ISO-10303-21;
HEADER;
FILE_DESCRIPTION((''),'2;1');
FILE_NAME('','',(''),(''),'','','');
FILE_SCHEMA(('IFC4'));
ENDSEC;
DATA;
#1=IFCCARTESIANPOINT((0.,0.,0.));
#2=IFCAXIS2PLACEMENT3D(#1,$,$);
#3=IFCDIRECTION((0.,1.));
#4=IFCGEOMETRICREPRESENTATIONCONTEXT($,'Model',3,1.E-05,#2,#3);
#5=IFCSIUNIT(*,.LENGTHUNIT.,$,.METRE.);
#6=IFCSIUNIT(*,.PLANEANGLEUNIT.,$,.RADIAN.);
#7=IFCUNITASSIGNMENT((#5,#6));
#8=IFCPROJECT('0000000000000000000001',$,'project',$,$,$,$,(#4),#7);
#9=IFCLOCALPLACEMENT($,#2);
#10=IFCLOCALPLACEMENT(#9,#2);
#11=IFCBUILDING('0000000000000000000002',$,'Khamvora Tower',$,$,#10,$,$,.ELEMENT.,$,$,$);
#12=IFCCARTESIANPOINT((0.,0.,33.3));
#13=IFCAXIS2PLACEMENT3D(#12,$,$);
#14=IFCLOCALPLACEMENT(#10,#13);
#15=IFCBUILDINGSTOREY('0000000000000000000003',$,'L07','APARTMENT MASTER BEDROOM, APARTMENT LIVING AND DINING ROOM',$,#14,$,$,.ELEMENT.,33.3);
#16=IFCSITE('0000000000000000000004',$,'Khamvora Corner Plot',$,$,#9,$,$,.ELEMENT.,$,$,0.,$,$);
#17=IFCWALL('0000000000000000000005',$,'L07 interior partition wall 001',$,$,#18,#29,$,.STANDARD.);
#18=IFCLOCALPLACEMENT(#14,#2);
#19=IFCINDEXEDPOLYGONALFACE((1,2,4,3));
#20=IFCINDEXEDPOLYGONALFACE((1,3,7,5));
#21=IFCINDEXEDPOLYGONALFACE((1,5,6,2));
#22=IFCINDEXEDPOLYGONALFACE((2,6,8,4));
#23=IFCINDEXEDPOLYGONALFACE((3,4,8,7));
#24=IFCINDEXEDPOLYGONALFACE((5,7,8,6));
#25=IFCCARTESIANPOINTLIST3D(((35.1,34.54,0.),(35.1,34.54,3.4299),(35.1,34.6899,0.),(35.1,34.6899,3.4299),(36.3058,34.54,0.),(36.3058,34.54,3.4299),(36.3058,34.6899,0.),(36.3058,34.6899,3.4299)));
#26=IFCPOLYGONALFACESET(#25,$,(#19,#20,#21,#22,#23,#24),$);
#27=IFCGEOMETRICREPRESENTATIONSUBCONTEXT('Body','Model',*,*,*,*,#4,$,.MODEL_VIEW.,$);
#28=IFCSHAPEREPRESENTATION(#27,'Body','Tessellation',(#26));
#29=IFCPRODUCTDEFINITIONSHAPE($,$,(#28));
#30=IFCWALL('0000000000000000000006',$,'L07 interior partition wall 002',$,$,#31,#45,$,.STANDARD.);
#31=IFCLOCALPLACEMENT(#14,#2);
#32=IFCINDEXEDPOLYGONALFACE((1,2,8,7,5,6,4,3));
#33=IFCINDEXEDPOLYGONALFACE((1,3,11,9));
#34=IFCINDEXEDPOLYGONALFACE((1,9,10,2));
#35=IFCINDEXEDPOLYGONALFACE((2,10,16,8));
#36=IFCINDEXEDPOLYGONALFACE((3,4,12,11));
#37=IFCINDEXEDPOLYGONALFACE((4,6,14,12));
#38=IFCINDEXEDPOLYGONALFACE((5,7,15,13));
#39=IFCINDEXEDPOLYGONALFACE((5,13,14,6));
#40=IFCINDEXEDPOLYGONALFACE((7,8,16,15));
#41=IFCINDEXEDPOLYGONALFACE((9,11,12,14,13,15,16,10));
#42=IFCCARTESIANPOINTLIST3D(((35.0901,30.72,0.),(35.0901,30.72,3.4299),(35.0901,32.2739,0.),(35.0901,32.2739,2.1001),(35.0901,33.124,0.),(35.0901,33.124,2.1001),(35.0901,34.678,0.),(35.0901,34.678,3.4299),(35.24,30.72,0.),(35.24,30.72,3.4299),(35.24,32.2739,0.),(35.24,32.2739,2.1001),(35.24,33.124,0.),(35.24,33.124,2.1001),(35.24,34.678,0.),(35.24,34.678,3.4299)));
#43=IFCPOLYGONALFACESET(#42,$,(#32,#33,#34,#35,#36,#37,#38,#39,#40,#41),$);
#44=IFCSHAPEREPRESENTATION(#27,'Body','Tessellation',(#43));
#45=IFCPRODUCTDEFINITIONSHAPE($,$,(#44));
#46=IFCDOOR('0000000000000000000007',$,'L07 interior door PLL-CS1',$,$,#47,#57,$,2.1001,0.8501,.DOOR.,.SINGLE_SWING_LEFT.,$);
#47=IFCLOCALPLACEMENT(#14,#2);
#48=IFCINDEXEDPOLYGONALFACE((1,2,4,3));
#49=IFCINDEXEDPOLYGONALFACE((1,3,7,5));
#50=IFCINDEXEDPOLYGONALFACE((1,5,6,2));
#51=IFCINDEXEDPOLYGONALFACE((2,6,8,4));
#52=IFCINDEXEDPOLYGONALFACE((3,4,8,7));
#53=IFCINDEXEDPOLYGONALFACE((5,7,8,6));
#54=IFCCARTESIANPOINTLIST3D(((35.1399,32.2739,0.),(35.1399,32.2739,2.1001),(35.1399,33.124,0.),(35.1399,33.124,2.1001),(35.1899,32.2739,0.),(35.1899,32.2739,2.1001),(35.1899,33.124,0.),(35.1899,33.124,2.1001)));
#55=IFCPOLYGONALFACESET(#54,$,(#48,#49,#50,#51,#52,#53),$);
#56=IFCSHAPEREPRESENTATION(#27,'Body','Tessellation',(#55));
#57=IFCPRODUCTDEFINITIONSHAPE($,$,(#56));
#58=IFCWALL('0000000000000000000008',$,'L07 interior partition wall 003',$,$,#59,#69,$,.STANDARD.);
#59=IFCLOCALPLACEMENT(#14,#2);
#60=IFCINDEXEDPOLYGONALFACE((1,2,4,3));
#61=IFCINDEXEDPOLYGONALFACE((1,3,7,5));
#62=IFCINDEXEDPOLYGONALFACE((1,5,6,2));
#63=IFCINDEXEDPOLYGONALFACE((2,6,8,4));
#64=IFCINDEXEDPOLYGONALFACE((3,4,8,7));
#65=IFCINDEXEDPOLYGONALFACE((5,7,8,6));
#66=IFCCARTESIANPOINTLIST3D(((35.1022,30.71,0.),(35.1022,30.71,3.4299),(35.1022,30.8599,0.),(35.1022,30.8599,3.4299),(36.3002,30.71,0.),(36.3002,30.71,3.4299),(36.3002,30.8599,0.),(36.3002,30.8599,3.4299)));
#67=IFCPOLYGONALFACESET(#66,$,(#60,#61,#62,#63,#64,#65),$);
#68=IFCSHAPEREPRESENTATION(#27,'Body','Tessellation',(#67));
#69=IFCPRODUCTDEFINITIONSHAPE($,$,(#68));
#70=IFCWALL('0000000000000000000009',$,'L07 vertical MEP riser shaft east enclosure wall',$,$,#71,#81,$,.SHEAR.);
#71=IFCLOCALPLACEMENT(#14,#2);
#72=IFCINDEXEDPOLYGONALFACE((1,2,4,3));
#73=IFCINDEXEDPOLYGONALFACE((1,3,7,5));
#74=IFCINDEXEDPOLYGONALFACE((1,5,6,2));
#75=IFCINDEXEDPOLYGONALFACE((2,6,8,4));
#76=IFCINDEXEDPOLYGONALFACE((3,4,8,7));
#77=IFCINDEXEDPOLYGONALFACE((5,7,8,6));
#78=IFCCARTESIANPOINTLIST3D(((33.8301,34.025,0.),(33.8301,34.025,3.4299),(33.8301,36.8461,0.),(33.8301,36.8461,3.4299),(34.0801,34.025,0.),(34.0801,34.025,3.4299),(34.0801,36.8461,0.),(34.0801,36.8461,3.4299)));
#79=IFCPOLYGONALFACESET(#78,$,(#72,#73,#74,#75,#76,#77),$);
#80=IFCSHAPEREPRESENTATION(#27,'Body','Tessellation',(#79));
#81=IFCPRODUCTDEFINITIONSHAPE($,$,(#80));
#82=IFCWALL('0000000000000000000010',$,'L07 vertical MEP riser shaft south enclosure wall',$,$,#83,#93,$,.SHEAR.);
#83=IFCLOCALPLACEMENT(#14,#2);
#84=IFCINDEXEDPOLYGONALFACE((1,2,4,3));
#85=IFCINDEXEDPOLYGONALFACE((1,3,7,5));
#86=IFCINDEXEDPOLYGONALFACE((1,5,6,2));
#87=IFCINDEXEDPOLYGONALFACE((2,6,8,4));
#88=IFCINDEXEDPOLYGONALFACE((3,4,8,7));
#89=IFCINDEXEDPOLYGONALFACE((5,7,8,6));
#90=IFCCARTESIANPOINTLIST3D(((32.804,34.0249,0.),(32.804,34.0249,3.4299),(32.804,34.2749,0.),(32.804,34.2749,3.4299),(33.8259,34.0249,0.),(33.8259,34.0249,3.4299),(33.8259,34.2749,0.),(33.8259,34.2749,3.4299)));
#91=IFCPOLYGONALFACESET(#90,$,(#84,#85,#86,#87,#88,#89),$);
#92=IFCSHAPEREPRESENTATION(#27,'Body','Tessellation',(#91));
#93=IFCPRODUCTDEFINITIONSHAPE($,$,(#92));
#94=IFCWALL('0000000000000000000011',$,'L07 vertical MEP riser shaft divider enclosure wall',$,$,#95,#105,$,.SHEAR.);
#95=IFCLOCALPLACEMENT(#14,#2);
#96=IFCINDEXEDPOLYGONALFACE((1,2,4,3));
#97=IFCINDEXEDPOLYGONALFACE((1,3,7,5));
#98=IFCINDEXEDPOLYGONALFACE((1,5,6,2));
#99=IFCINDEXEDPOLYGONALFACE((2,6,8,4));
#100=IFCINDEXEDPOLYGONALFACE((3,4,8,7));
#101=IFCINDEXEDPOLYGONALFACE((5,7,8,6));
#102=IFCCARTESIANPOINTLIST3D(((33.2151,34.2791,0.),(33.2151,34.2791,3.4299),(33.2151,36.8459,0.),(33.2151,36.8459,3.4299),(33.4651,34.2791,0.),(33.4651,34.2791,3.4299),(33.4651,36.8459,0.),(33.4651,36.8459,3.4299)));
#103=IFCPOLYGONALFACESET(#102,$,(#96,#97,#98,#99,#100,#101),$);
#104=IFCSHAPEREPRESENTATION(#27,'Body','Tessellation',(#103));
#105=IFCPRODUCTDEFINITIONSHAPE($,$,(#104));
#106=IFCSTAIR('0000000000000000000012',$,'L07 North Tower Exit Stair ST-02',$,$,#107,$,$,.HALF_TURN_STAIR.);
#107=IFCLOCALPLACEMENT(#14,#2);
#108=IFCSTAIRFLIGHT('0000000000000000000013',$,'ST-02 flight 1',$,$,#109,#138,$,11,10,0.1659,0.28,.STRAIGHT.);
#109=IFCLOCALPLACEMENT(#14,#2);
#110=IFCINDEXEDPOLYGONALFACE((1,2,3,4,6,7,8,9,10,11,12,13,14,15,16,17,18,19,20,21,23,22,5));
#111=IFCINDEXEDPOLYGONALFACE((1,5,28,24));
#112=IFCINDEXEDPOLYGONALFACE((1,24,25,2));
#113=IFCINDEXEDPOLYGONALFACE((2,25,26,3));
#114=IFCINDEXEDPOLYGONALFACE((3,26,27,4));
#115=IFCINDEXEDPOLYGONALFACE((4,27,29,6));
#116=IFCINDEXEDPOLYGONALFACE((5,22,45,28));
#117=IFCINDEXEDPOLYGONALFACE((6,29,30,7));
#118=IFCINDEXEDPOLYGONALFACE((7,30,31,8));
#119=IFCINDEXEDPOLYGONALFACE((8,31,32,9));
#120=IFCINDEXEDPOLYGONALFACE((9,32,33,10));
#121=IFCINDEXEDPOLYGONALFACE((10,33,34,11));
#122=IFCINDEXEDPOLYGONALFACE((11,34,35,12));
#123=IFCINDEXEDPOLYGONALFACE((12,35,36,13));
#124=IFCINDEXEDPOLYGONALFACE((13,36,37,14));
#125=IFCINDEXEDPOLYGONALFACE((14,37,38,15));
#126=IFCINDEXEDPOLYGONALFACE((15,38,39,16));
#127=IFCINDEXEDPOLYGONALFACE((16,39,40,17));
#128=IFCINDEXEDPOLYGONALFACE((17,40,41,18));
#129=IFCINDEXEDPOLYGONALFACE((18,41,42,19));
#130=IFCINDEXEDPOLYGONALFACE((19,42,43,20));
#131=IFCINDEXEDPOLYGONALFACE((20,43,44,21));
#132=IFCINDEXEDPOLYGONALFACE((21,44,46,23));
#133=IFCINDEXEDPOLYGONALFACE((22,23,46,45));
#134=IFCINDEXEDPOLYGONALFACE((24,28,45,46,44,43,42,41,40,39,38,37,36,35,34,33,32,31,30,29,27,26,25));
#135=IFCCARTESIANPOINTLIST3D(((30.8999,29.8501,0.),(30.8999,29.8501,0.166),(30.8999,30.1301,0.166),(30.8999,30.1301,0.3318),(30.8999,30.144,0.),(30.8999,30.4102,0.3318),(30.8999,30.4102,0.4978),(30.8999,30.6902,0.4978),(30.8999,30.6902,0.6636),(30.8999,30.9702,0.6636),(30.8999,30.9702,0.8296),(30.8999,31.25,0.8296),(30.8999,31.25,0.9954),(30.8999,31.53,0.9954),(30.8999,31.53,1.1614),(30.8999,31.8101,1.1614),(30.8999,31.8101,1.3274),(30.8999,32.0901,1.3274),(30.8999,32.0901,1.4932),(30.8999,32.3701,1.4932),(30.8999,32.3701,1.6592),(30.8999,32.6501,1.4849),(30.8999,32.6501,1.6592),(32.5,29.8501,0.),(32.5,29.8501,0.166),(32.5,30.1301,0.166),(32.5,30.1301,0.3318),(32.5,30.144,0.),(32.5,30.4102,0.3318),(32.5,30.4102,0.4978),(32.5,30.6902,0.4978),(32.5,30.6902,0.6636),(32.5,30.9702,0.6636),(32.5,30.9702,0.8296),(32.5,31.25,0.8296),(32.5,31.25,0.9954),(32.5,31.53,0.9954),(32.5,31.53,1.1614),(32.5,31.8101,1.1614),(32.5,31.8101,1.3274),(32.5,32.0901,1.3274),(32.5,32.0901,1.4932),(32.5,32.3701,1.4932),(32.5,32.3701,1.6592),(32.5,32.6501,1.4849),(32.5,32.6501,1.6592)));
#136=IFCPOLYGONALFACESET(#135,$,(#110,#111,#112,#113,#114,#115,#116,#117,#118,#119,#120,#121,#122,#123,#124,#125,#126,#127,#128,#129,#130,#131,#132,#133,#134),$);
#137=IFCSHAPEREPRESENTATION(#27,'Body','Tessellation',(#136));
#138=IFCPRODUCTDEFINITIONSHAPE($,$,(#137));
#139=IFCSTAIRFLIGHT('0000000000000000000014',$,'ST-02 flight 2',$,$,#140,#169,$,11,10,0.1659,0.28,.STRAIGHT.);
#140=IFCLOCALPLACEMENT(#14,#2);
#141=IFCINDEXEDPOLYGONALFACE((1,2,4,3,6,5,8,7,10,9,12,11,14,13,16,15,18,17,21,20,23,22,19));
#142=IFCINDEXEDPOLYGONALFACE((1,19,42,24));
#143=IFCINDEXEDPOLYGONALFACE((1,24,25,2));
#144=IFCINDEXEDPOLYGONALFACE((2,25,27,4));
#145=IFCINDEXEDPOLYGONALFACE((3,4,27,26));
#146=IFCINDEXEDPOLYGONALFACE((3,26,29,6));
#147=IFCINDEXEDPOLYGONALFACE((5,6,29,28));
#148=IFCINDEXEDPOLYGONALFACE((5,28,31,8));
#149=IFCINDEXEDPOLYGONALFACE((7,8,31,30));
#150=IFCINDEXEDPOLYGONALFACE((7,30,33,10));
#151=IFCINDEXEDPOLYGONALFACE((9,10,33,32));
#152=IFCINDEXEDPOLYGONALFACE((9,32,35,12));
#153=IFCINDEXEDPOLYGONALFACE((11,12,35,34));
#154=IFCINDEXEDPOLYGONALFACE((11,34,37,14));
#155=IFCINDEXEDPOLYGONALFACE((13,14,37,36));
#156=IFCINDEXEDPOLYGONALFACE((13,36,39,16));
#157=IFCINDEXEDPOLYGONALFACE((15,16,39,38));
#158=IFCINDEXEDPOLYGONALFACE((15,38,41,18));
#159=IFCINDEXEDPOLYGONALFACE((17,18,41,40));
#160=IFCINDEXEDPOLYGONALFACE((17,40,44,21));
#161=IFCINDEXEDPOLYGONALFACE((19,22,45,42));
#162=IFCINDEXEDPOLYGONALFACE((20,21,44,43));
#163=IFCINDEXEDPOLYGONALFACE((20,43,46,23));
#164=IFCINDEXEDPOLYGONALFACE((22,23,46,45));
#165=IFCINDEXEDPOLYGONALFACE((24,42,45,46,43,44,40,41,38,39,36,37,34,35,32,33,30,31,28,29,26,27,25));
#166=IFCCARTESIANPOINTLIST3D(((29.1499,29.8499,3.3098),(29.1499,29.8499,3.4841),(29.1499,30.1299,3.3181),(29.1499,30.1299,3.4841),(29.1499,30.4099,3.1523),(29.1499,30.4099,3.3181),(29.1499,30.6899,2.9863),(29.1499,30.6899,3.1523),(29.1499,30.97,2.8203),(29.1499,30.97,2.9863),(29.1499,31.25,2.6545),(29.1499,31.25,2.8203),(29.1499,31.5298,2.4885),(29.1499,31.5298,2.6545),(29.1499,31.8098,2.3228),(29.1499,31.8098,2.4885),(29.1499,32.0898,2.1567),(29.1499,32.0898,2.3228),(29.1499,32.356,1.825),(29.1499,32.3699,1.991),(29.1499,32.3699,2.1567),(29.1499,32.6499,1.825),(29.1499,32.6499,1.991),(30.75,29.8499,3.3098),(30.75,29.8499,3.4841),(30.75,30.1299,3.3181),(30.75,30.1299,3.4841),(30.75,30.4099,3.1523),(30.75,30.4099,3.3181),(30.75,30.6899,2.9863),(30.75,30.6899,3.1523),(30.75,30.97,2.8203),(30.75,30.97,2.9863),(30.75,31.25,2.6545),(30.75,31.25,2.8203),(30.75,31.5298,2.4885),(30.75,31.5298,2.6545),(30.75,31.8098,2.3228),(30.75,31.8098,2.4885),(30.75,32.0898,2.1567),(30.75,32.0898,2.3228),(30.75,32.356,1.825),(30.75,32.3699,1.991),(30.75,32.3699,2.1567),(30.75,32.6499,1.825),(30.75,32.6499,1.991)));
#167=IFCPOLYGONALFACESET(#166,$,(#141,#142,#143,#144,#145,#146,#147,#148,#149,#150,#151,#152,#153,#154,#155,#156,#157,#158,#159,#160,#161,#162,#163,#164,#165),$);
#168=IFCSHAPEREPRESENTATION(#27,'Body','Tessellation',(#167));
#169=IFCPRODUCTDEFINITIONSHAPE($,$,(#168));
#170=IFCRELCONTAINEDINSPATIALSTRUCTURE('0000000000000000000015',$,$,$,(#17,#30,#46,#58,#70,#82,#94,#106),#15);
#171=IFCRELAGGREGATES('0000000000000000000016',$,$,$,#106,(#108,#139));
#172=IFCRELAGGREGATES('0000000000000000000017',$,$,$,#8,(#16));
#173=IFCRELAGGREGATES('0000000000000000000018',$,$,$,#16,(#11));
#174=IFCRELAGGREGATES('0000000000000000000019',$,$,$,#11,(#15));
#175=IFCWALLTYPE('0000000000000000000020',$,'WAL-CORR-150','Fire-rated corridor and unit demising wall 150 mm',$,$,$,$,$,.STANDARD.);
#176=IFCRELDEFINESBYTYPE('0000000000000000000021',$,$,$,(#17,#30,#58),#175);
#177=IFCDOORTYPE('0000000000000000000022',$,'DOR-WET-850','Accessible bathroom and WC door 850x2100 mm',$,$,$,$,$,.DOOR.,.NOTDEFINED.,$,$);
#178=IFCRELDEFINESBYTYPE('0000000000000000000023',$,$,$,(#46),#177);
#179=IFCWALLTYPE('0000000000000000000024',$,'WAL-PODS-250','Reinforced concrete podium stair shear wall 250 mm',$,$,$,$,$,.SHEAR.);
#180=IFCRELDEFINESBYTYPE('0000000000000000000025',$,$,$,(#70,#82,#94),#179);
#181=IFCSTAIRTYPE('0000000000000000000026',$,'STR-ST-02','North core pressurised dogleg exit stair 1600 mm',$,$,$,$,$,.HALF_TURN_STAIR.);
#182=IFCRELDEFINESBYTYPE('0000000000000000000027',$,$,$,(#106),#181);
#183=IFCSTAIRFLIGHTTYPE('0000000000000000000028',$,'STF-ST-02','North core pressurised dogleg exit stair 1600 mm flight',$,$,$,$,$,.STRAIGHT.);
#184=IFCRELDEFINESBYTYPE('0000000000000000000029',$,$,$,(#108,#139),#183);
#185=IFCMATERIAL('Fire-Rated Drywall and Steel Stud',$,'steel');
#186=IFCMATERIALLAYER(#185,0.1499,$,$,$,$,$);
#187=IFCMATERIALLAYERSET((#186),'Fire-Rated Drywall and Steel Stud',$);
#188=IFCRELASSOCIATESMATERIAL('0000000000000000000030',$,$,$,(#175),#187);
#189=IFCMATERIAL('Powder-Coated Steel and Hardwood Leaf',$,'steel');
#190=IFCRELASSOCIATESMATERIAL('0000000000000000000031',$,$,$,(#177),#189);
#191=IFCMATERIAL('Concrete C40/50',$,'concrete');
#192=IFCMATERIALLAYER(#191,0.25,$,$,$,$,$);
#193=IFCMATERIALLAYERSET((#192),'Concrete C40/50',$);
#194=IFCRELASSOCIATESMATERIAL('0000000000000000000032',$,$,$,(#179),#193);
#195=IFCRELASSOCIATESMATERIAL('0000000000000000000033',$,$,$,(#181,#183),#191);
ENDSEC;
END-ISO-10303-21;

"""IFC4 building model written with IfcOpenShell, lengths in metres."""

from ifc_helpers import new_model, si_unit, direction, frame, frame_2d, origin, place, context, subcontext, project, spatial, polyline, rectangle, outline, extrude, material, layer, layer_set, type_object, element, fill, aggregate, save


model = new_model("IFC4")

# Units and contexts
model_context = context("Model", 3, precision=1e-05, world=origin(), true_north=direction((0.0, 1.0)))
body_context = subcontext(model_context, "Body", "Model", "MODEL_VIEW")
ifc_project = project(units=[si_unit("LENGTHUNIT", "METRE"), si_unit("PLANEANGLEUNIT", "RADIAN")], contexts=[model_context])

# Site, building, storey
site_placement = place(None, origin())
site = spatial("IfcSite", under=ifc_project, at=site_placement, Name="Khamvora Corner Plot", CompositionType="ELEMENT", RefElevation=0.0)
building_placement = place(site_placement, origin())
building = spatial("IfcBuilding", under=site, at=building_placement, Name="Khamvora Tower", CompositionType="ELEMENT")
storey_placement = place(building_placement, frame((0.0, 0.0, 33.3)))
storey = spatial("IfcBuildingStorey", under=building, at=storey_placement, Name="L07", Description="APARTMENT MASTER BEDROOM, APARTMENT LIVING AND DINING ROOM", CompositionType="ELEMENT", Elevation=33.3)

# Shared definitions
ifc_material_1 = material(Name="Powder-Coated Steel and Hardwood Leaf", Category="steel")

# Wall
ifc_material_2 = material(Name="Fire-Rated Drywall and Steel Stud", Category="steel")
ifc_layer_1 = layer(ifc_material_2, 0.1499)
ifc_layer_set_1 = layer_set([ifc_layer_1], Name="Fire-Rated Drywall and Steel Stud")
wall_type_1 = type_object("IfcWallType", Name="WAL-CORR-150", Description="Fire-rated corridor and unit demising wall 150 mm", PredefinedType="STANDARD", material=ifc_layer_set_1)
wall_1_placement = place(storey_placement, frame((36.3059, 34.615, 0.0), z_axis=(0.0, 0.0, 1.0), x_axis=(-1.0, 0.0, 0.0)))
element("IfcWall", 1, at=wall_1_placement, inside=storey, type_object=wall_type_1, Name="L07 interior partition wall 001", PredefinedType="STANDARD", context=body_context, shape_type="SweptSolid", body=[
    extrude(rectangle(XDim=1.2058, YDim=0.1499, at=frame_2d((0.603, 0.0))), origin(), (0.0, 0.0, 1.0), 3.4299),
])

# Wall, opening, door
wall_2_placement = place(storey_placement, frame((35.165, 34.678, 0.0), z_axis=(0.0, 0.0, 1.0), x_axis=(0.0, -1.0, 0.0)))
wall_2 = element("IfcWall", 2, at=wall_2_placement, inside=storey, type_object=wall_type_1, Name="L07 interior partition wall 002", PredefinedType="STANDARD", context=body_context, shape_type="SweptSolid", body=[
    extrude(rectangle(XDim=3.958, YDim=0.1499, at=frame_2d((1.979, 0.0))), origin(), (0.0, 0.0, 1.0), 3.4299),
])
opening_1_placement = place(wall_2_placement, frame((1.554, 0.0, 0.0)))
opening_1 = element("IfcOpeningElement", 3, at=opening_1_placement, cuts=wall_2, PredefinedType="OPENING", context=body_context, shape_type="SweptSolid", body=[
    extrude(rectangle(XDim=0.8501, YDim=2.1001, at=frame_2d((0.425, 1.05))), frame((0.0, 0.085, 0.0), z_axis=(0.0, -1.0, 0.0), x_axis=(1.0, 0.0, 0.0)), (0.0, 0.0, 1.0), 0.1699),
])
door_type_1 = type_object("IfcDoorType", Name="DOR-WET-850", Description="Accessible bathroom and WC door 850x2100 mm", OperationType="NOTDEFINED", PredefinedType="DOOR", material=ifc_material_1)
door_1_placement = place(opening_1_placement, origin())
door_1 = element("IfcDoor", 4, at=door_1_placement, inside=storey, type_object=door_type_1, Name="L07 interior door PLL-CS1", OperationType="SINGLE_SWING_LEFT", OverallHeight=2.1001, OverallWidth=0.8501, PredefinedType="DOOR", context=body_context, shape_type="SweptSolid", body=[
    extrude(rectangle(XDim=0.8501, YDim=2.1001, at=frame_2d((0.425, 1.05))), frame((0.0, 0.0249, 0.0), z_axis=(0.0, -1.0, 0.0), x_axis=(1.0, 0.0, 0.0)), (0.0, 0.0, 1.0), 0.05),
])
fill(opening_1, door_1)

# Walls
wall_3_placement = place(storey_placement, frame((35.1021, 30.7849, 0.0), z_axis=(0.0, 0.0, 1.0), x_axis=(1.0, 0.0, 0.0)))
element("IfcWall", 5, at=wall_3_placement, inside=storey, type_object=wall_type_1, Name="L07 interior partition wall 003", PredefinedType="STANDARD", context=body_context, shape_type="SweptSolid", body=[
    extrude(rectangle(XDim=1.198, YDim=0.1499, at=frame_2d((0.5991, 0.0))), origin(), (0.0, 0.0, 1.0), 3.4299),
])
ifc_material_3 = material(Name="Concrete C40/50", Category="concrete")
ifc_layer_2 = layer(ifc_material_3, 0.25)
ifc_layer_set_2 = layer_set([ifc_layer_2], Name="Concrete C40/50")
wall_type_2 = type_object("IfcWallType", Name="WAL-PODS-250", Description="Reinforced concrete podium stair shear wall 250 mm", PredefinedType="SHEAR", material=ifc_layer_set_2)
wall_4_placement = place(storey_placement, frame((33.9551, 34.0249, 0.0), z_axis=(0.0, 0.0, 1.0), x_axis=(0.0, 1.0, 0.0)))
element("IfcWall", 6, at=wall_4_placement, inside=storey, type_object=wall_type_2, Name="L07 vertical MEP riser shaft east enclosure wall", PredefinedType="SHEAR", context=body_context, shape_type="SweptSolid", body=[
    extrude(rectangle(XDim=2.821, YDim=0.25, at=frame_2d((1.4106, 0.0))), origin(), (0.0, 0.0, 1.0), 3.4299),
])
wall_5_placement = place(storey_placement, frame((32.804, 34.1499, 0.0), z_axis=(0.0, 0.0, 1.0), x_axis=(1.0, 0.0, 0.0)))
element("IfcWall", 7, at=wall_5_placement, inside=storey, type_object=wall_type_2, Name="L07 vertical MEP riser shaft south enclosure wall", PredefinedType="SHEAR", context=body_context, shape_type="SweptSolid", body=[
    extrude(rectangle(XDim=1.022, YDim=0.25, at=frame_2d((0.511, 0.0))), origin(), (0.0, 0.0, 1.0), 3.4299),
])
wall_6_placement = place(storey_placement, frame((33.3401, 34.2791, 0.0), z_axis=(0.0, 0.0, 1.0), x_axis=(0.0, 1.0, 0.0)))
element("IfcWall", 8, at=wall_6_placement, inside=storey, type_object=wall_type_2, Name="L07 vertical MEP riser shaft divider enclosure wall", PredefinedType="SHEAR", context=body_context, shape_type="SweptSolid", body=[
    extrude(rectangle(XDim=2.5669, YDim=0.25, at=frame_2d((1.2834, 0.0))), origin(), (0.0, 0.0, 1.0), 3.4299),
])

# Stair, stair flights
stair_type = type_object("IfcStairType", Name="STR-ST-02", Description="North core pressurised dogleg exit stair 1600 mm", PredefinedType="HALF_TURN_STAIR", material=ifc_material_3)
stair_placement = place(storey_placement, origin())
stair = element("IfcStair", 9, at=stair_placement, inside=storey, type_object=stair_type, Name="L07 North Tower Exit Stair ST-02", PredefinedType="HALF_TURN_STAIR")
stair_flight_type = type_object("IfcStairFlightType", Name="STF-ST-02", Description="North core pressurised dogleg exit stair 1600 mm flight", PredefinedType="STRAIGHT", material=ifc_material_3)
stair_flight_1_placement = place(storey_placement, frame((31.7, 29.8501, 0.0), z_axis=(0.0, 0.0, 1.0), x_axis=(0.0, 1.0, 0.0)))
stair_flight_1 = element("IfcStairFlight", 10, at=stair_flight_1_placement, type_object=stair_flight_type, Name="ST-02 flight 1", NumberOfRisers=11, NumberOfTreads=10, PredefinedType="STRAIGHT", RiserHeight=0.1659, TreadLength=0.28, context=body_context, shape_type="SweptSolid", body=[
    extrude(outline(polyline([(0.0, 0.0), (0.0, 0.166), (0.28, 0.166), (0.28, 0.3318), (0.5601, 0.3318), (0.5601, 0.4978), (0.8401, 0.4978), (0.8401, 0.6636), (1.1201, 0.6636), (1.1201, 0.8296), (1.3999, 0.8296), (1.3999, 0.9954), (1.6799, 0.9954), (1.6799, 1.1614), (1.96, 1.1614), (1.96, 1.3274), (2.24, 1.3274), (2.24, 1.4932), (2.52, 1.4932), (2.52, 1.6592), (2.8, 1.6592), (2.8, 1.825), (2.8, 1.4849), (0.2939, 0.0), (0.0, 0.0)])), frame((0.0, 0.8, 0.0), z_axis=(0.0, -1.0, 0.0), x_axis=(1.0, 0.0, 0.0)), (0.0, 0.0, 1.0), 1.6001),
])
stair_flight_2_placement = place(storey_placement, frame((29.95, 32.6499, 1.825), z_axis=(0.0, 0.0, 1.0), x_axis=(0.0, -1.0, 0.0)))
stair_flight_2 = element("IfcStairFlight", 11, at=stair_flight_2_placement, type_object=stair_flight_type, Name="ST-02 flight 2", NumberOfRisers=11, NumberOfTreads=10, PredefinedType="STRAIGHT", RiserHeight=0.1659, TreadLength=0.28, context=body_context, shape_type="SweptSolid", body=[
    extrude(outline(polyline([(0.0, 0.0), (0.0, 0.166), (0.28, 0.166), (0.28, 0.3318), (0.5601, 0.3318), (0.5601, 0.4978), (0.8401, 0.4978), (0.8401, 0.6636), (1.1201, 0.6636), (1.1201, 0.8296), (1.3999, 0.8296), (1.3999, 0.9954), (1.6799, 0.9954), (1.6799, 1.1614), (1.96, 1.1614), (1.96, 1.3274), (2.24, 1.3274), (2.24, 1.4932), (2.52, 1.4932), (2.52, 1.6592), (2.8, 1.6592), (2.8, 1.825), (2.8, 1.4849), (0.2939, 0.0), (0.0, 0.0)])), frame((0.0, 0.8, 0.0), z_axis=(0.0, -1.0, 0.0), x_axis=(1.0, 0.0, 0.0)), (0.0, 0.0, 1.0), 1.6001),
])
aggregate(stair, [stair_flight_1, stair_flight_2])

save(model, "model.ifc")
